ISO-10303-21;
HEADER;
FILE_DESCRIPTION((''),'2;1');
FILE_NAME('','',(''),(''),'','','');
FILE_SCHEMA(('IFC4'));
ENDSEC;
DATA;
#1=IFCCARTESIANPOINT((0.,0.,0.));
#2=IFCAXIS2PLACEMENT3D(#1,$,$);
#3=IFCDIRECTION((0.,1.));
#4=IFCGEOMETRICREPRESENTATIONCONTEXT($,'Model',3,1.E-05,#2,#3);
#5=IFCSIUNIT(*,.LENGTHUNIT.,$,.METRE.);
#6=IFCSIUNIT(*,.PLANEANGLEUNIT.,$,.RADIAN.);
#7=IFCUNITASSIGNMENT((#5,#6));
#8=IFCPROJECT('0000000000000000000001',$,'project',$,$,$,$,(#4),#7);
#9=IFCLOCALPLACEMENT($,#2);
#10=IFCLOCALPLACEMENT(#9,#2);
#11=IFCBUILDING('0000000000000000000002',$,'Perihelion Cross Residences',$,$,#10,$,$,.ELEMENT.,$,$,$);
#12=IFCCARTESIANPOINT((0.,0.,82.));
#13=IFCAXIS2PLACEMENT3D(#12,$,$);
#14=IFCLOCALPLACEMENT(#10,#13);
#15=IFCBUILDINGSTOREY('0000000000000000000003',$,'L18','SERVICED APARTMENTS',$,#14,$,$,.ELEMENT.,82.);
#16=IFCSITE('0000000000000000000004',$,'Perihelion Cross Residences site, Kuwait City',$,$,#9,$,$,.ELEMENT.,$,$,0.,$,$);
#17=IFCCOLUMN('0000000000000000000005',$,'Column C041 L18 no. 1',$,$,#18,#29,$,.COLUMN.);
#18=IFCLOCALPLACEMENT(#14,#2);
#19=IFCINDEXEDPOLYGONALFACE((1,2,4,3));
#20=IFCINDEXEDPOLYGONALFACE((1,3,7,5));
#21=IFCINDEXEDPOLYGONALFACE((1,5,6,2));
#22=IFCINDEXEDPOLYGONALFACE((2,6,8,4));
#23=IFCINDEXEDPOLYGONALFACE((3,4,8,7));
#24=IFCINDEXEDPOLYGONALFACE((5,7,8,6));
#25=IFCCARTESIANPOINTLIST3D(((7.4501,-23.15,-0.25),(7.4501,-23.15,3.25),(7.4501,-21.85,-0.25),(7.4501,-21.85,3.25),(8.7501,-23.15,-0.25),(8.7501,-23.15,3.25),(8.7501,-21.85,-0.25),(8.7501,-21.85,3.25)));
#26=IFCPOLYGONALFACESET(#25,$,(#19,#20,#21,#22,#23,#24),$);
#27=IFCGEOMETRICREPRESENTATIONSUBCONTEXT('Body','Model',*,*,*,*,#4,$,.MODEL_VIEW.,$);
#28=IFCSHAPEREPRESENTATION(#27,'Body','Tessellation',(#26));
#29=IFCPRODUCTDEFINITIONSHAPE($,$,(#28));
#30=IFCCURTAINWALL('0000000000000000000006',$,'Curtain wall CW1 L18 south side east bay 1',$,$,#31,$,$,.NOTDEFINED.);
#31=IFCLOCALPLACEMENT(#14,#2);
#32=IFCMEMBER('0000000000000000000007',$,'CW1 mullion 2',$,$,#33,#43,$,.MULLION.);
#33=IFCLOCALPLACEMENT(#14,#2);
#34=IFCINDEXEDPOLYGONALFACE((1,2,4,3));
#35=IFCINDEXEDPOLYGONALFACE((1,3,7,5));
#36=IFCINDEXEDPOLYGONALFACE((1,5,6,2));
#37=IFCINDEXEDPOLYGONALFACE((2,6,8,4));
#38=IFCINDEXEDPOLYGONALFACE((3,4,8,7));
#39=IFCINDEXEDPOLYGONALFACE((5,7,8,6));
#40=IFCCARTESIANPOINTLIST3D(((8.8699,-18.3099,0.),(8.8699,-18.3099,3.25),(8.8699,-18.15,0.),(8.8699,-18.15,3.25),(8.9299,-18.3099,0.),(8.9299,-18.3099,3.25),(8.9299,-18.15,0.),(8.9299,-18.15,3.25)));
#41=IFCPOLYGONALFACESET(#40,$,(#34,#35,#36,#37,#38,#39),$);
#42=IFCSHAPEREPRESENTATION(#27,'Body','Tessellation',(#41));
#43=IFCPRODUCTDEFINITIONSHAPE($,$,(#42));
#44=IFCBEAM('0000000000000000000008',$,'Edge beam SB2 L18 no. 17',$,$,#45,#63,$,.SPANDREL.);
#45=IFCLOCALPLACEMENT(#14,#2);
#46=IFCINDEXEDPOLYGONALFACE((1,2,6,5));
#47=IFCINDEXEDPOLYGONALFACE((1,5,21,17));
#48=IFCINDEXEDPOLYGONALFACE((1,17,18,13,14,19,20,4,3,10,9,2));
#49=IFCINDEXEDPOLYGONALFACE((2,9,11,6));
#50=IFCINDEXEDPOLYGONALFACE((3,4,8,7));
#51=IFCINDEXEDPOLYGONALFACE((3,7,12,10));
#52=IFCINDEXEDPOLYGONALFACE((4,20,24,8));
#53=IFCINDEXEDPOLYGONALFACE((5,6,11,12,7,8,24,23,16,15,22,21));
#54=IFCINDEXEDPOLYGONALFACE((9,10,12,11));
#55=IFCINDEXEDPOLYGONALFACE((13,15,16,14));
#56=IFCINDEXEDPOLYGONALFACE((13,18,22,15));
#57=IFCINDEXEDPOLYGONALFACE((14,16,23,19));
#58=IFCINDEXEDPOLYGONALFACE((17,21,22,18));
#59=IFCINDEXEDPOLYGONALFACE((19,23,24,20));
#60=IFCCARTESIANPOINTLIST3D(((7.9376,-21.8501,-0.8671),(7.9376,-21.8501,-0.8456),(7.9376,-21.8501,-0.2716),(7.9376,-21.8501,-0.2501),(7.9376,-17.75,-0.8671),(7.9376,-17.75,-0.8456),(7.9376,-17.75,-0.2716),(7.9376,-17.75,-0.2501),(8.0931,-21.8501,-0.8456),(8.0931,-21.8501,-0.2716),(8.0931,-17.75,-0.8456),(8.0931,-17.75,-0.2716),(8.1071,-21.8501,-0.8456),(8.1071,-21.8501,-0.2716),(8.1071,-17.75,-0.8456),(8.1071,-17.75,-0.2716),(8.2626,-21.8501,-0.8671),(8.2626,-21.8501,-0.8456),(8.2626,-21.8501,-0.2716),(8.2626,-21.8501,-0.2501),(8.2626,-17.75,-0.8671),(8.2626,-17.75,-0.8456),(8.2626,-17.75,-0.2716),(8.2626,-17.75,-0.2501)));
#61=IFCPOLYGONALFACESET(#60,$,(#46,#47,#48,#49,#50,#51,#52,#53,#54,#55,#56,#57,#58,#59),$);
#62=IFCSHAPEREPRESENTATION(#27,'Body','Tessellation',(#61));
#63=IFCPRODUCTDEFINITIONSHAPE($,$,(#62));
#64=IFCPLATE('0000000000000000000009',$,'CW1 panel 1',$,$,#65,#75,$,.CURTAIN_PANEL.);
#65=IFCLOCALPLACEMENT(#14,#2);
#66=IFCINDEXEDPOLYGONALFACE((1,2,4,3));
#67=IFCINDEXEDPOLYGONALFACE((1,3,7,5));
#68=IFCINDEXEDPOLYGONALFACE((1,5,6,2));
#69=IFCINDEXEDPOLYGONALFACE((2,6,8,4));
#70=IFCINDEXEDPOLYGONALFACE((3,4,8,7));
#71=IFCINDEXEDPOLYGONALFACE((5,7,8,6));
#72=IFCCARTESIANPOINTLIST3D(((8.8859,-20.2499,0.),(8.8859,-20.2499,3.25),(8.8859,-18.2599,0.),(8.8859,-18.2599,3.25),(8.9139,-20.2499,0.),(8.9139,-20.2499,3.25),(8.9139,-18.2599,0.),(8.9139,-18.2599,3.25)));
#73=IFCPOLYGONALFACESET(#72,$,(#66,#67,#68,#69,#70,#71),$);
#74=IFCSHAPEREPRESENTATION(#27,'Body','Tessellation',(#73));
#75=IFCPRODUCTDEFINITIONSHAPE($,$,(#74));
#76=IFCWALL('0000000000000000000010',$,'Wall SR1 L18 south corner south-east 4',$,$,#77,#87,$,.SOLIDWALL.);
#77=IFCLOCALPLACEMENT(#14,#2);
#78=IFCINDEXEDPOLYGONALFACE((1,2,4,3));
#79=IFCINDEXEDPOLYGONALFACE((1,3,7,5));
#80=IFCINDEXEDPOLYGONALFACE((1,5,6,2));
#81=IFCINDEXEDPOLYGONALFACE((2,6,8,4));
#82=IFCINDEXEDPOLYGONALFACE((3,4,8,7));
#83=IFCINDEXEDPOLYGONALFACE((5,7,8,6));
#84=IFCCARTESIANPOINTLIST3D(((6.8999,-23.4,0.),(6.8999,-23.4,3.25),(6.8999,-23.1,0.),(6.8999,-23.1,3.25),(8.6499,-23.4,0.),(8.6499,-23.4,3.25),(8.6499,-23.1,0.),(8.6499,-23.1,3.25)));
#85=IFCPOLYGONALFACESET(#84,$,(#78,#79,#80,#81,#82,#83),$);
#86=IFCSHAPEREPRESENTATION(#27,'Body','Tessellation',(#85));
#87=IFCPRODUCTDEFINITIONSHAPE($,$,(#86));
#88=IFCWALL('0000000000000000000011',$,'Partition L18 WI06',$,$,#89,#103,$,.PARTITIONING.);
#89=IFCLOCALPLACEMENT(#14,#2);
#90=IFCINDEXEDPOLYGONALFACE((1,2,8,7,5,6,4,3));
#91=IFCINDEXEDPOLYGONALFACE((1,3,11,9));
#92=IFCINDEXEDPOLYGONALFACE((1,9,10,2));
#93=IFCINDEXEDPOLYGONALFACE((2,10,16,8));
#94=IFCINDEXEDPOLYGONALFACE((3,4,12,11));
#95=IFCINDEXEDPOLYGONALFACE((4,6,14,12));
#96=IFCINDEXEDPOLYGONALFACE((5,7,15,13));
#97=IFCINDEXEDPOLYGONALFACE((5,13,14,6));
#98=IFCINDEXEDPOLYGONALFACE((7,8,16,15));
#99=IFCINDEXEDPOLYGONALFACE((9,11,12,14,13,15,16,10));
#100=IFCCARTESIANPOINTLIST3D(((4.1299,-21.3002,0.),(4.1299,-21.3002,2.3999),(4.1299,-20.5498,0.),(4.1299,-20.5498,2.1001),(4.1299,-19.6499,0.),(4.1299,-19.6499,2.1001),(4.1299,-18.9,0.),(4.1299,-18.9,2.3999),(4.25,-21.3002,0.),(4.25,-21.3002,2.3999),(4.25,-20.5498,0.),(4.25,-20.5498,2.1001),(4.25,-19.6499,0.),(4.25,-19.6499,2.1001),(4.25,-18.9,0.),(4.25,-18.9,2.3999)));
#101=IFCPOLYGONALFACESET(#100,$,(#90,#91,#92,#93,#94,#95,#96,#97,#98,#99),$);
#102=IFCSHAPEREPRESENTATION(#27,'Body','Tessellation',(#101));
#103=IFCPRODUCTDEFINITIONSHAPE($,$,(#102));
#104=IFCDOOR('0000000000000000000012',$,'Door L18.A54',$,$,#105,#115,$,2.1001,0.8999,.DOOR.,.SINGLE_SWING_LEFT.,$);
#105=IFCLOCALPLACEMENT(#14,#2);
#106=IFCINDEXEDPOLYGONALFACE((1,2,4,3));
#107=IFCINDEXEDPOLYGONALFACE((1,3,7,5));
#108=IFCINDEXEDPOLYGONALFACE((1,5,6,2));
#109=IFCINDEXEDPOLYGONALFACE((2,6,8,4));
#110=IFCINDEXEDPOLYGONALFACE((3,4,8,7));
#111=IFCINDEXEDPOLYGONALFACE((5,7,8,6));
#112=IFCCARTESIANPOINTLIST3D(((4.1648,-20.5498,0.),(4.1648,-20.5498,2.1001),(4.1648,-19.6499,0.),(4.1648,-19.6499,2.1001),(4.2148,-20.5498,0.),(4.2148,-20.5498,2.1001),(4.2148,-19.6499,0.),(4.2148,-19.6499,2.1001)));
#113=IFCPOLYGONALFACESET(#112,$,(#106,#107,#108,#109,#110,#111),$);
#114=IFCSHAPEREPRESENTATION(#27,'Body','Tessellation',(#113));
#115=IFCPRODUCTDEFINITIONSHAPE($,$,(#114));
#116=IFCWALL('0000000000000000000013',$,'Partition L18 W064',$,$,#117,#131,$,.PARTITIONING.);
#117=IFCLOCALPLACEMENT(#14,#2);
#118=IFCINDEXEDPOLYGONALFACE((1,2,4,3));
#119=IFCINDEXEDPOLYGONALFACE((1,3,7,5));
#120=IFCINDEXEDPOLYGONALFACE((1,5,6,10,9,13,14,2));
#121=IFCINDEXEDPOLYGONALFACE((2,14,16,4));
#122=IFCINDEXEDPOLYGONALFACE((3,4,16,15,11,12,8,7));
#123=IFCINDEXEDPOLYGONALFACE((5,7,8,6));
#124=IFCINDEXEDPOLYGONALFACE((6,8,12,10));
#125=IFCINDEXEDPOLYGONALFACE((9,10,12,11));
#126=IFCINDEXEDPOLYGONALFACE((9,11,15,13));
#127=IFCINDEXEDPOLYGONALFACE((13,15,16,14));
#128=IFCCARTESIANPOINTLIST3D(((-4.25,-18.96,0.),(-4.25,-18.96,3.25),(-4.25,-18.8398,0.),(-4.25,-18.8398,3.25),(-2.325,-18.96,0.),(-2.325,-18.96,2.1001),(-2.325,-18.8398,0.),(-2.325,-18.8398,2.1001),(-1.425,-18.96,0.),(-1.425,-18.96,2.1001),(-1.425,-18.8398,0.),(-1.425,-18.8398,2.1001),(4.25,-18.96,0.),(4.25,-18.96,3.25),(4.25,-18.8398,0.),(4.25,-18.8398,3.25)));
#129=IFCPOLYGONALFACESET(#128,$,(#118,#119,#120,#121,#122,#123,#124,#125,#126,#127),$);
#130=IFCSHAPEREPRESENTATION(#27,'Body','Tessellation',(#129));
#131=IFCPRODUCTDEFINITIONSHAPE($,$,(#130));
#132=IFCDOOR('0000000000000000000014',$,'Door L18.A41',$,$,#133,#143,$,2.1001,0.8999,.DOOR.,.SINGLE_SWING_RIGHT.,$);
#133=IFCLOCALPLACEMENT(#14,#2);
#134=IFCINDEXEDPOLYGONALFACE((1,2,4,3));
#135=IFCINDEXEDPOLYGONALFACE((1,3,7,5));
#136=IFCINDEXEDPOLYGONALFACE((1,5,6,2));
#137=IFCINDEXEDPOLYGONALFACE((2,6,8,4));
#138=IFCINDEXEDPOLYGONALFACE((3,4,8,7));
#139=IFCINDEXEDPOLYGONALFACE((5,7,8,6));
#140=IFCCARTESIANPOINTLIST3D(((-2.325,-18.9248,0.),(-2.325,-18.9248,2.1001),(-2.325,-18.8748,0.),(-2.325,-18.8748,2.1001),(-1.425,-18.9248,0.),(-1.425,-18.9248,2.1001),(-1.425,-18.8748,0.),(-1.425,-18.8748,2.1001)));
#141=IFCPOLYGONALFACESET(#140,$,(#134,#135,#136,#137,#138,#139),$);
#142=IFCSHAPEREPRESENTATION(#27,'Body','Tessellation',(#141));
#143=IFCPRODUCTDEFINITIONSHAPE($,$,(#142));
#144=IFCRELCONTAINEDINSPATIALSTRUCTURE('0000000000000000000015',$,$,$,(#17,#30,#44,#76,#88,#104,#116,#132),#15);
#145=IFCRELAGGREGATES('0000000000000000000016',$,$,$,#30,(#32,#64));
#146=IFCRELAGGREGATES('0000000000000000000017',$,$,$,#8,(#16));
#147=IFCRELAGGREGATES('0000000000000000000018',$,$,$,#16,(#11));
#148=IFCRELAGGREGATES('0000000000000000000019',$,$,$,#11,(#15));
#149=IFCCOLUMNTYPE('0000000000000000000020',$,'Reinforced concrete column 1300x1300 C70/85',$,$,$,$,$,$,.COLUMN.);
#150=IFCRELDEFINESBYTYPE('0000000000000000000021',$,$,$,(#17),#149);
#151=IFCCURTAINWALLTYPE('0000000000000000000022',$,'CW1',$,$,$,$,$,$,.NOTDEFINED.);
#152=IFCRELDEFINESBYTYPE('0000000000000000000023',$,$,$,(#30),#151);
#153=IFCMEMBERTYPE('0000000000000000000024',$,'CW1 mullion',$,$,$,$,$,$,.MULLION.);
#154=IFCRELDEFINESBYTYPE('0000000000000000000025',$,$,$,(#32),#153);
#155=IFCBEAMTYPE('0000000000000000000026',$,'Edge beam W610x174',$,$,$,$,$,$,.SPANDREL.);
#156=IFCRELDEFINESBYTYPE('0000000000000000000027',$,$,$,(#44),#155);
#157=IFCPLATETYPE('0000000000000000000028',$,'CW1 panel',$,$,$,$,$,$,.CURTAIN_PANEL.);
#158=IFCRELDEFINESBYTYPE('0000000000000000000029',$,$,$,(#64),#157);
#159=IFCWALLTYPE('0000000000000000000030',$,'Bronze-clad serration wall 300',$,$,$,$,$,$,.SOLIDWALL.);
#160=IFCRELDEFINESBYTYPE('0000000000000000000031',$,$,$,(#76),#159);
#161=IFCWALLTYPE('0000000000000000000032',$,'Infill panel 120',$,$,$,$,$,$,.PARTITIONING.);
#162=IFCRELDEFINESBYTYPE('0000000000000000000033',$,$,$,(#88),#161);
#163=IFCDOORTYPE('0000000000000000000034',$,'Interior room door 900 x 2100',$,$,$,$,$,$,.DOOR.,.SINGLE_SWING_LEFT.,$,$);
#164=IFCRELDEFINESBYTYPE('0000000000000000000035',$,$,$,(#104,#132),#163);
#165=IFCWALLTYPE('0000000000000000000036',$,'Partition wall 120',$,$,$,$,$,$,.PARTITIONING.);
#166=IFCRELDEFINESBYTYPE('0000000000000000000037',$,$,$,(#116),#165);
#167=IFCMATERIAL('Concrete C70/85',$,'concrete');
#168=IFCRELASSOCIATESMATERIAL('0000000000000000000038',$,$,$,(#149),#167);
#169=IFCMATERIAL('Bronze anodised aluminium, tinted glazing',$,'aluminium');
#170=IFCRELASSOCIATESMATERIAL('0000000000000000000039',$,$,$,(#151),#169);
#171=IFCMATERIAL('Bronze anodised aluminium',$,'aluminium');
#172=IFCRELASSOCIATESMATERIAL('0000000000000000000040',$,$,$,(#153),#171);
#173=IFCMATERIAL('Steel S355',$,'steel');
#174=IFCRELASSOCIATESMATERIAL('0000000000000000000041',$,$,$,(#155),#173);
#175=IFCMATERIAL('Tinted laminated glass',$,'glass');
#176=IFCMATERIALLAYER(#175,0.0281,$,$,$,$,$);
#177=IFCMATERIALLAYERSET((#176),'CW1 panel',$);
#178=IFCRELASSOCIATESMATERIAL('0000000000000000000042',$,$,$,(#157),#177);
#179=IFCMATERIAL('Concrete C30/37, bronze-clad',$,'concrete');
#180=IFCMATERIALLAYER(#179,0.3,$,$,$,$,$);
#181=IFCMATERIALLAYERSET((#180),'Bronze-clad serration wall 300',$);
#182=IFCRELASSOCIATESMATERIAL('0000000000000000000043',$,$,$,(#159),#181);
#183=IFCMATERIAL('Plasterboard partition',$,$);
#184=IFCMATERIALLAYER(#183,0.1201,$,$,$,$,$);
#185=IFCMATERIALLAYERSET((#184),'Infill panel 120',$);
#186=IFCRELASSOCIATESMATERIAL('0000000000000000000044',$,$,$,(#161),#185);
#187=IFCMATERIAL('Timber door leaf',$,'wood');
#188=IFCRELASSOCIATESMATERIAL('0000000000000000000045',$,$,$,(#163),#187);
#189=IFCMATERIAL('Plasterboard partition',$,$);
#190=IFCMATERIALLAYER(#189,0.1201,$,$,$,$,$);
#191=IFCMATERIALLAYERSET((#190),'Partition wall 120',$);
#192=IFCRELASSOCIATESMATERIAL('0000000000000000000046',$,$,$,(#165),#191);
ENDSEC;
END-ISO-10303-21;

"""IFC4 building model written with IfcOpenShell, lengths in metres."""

from ifc_helpers import new_model, si_unit, direction, frame, frame_2d, origin, origin_2d, place, context, subcontext, project, spatial, rectangle, i_section, extrude, material, layer, layer_set, material_profile, profile_set, type_object, element, fill, aggregate, save


model = new_model("IFC4")

# Units and contexts
model_context = context("Model", 3, precision=1e-05, world=origin(), true_north=direction((0.0, 1.0)))
body_context = subcontext(model_context, "Body", "Model", "MODEL_VIEW")
ifc_project = project(units=[si_unit("LENGTHUNIT", "METRE"), si_unit("PLANEANGLEUNIT", "RADIAN")], contexts=[model_context])

# Site, building, storey
site_placement = place(None, origin())
site = spatial("IfcSite", under=ifc_project, at=site_placement, Name="Perihelion Cross Residences site, Kuwait City", CompositionType="ELEMENT", RefElevation=0.0)
building_placement = place(site_placement, origin())
building = spatial("IfcBuilding", under=site, at=building_placement, Name="Perihelion Cross Residences", CompositionType="ELEMENT")
storey_placement = place(building_placement, frame((0.0, 0.0, 82.0)))
storey = spatial("IfcBuildingStorey", under=building, at=storey_placement, Name="L18", Description="SERVICED APARTMENTS", CompositionType="ELEMENT", Elevation=82.0)

# Column
ifc_material_1 = material(Name="Concrete C70/85", Category="concrete")
ifc_material_profile_1 = material_profile(ifc_material_1, rectangle(XDim=1.3, YDim=1.3, at=origin_2d()), Name="RC 1300x1300")
ifc_profile_set_1 = profile_set([ifc_material_profile_1], Name="Concrete C70/85")
column_type = type_object("IfcColumnType", Name="Reinforced concrete column 1300x1300 C70/85", PredefinedType="COLUMN", material=ifc_profile_set_1)
column_placement = place(storey_placement, frame((8.1001, -22.5, -0.25), z_axis=(0.0, 0.0, 1.0), x_axis=(1.0, 0.0, 0.0)))
element("IfcColumn", 1, at=column_placement, inside=storey, type_object=column_type, Name="Column C041 L18 no. 1", PredefinedType="COLUMN", context=body_context, shape_type="SweptSolid", body=[
    extrude(rectangle(XDim=1.3, YDim=1.3, at=origin_2d()), origin(), (0.0, 0.0, 1.0), 3.5),
])

# Curtain wall, member
ifc_material_2 = material(Name="Bronze anodised aluminium, tinted glazing", Category="aluminium")
curtain_wall_type = type_object("IfcCurtainWallType", Name="CW1", PredefinedType="NOTDEFINED", material=ifc_material_2)
curtain_wall_placement = place(storey_placement, origin())
curtain_wall = element("IfcCurtainWall", 2, at=curtain_wall_placement, inside=storey, type_object=curtain_wall_type, Name="Curtain wall CW1 L18 south side east bay 1", PredefinedType="NOTDEFINED")
ifc_material_3 = material(Name="Bronze anodised aluminium", Category="aluminium")
ifc_material_profile_2 = material_profile(ifc_material_3, rectangle(XDim=0.0601, YDim=0.1599, at=origin_2d()), Name="CW1 mullion")
ifc_profile_set_2 = profile_set([ifc_material_profile_2], Name="Bronze anodised aluminium")
member_type = type_object("IfcMemberType", Name="CW1 mullion", PredefinedType="MULLION", material=ifc_profile_set_2)
member_placement = place(storey_placement, frame((8.8999, -18.23, 0.0), z_axis=(0.0, 0.0, 1.0), x_axis=(-1.0, 0.0, 0.0)))
member = element("IfcMember", 3, at=member_placement, type_object=member_type, Name="CW1 mullion 2", PredefinedType="MULLION", context=body_context, shape_type="SweptSolid", body=[
    extrude(rectangle(XDim=0.0601, YDim=0.1599, at=origin_2d()), origin(), (0.0, 0.0, 1.0), 3.25),
])

# Beam
ifc_material_4 = material(Name="Steel S355", Category="steel")
ifc_material_profile_3 = material_profile(ifc_material_4, i_section(OverallWidth=0.325, OverallDepth=0.6169, WebThickness=0.0139, FlangeThickness=0.0215, at=origin_2d()), Name="W610x174")
ifc_profile_set_3 = profile_set([ifc_material_profile_3], Name="Steel S355")
beam_type = type_object("IfcBeamType", Name="Edge beam W610x174", PredefinedType="SPANDREL", material=ifc_profile_set_3)
beam_placement = place(storey_placement, frame((8.1001, -21.8501, -0.5586), z_axis=(0.0, 1.0, 0.0), x_axis=(-1.0, 0.0, 0.0)))
element("IfcBeam", 4, at=beam_placement, inside=storey, type_object=beam_type, Name="Edge beam SB2 L18 no. 17", PredefinedType="SPANDREL", context=body_context, shape_type="SweptSolid", body=[
    extrude(i_section(OverallWidth=0.325, OverallDepth=0.6169, WebThickness=0.0139, FlangeThickness=0.0215, at=origin_2d()), origin(), (0.0, 0.0, 1.0), 4.1001),
])

# Plate
ifc_material_5 = material(Name="Tinted laminated glass", Category="glass")
ifc_layer_1 = layer(ifc_material_5, 0.0281)
ifc_layer_set_1 = layer_set([ifc_layer_1], Name="CW1 panel")
plate_type = type_object("IfcPlateType", Name="CW1 panel", PredefinedType="CURTAIN_PANEL", material=ifc_layer_set_1)
plate_placement = place(storey_placement, frame((8.8999, -19.2549, 0.0), z_axis=(0.0, 0.0, 1.0), x_axis=(0.0, 1.0, 0.0)))
plate = element("IfcPlate", 5, at=plate_placement, type_object=plate_type, Name="CW1 panel 1", PredefinedType="CURTAIN_PANEL", context=body_context, shape_type="SweptSolid", body=[
    extrude(rectangle(XDim=1.99, YDim=0.0281, at=origin_2d()), origin(), (0.0, 0.0, 1.0), 3.25),
])
aggregate(curtain_wall, [member, plate])

# Wall
ifc_material_6 = material(Name="Concrete C30/37, bronze-clad", Category="concrete")
ifc_layer_2 = layer(ifc_material_6, 0.3)
ifc_layer_set_2 = layer_set([ifc_layer_2], Name="Bronze-clad serration wall 300")
wall_type_1 = type_object("IfcWallType", Name="Bronze-clad serration wall 300", PredefinedType="SOLIDWALL", material=ifc_layer_set_2)
wall_1_placement = place(storey_placement, frame((6.8999, -23.25, 0.0), z_axis=(0.0, 0.0, 1.0), x_axis=(1.0, 0.0, 0.0)))
element("IfcWall", 6, at=wall_1_placement, inside=storey, type_object=wall_type_1, Name="Wall SR1 L18 south corner south-east 4", PredefinedType="SOLIDWALL", context=body_context, shape_type="SweptSolid", body=[
    extrude(rectangle(XDim=1.75, YDim=0.3, at=frame_2d((0.875, 0.0))), origin(), (0.0, 0.0, 1.0), 3.25),
])

# Walls, openings, doors
ifc_material_7 = material(Name="Plasterboard partition")
ifc_layer_3 = layer(ifc_material_7, 0.1201)
ifc_layer_set_3 = layer_set([ifc_layer_3], Name="Infill panel 120")
wall_type_2 = type_object("IfcWallType", Name="Infill panel 120", PredefinedType="PARTITIONING", material=ifc_layer_set_3)
wall_2_placement = place(storey_placement, frame((4.1899, -18.8999, 0.0), z_axis=(0.0, 0.0, 1.0), x_axis=(0.0, -1.0, 0.0)))
wall_2 = element("IfcWall", 7, at=wall_2_placement, inside=storey, type_object=wall_type_2, Name="Partition L18 WI06", PredefinedType="PARTITIONING", context=body_context, shape_type="SweptSolid", body=[
    extrude(rectangle(XDim=2.4001, YDim=0.1201, at=frame_2d((1.2002, 0.0))), origin(), (0.0, 0.0, 1.0), 2.3999),
])
opening_1_placement = place(wall_2_placement, frame((0.75, 0.0, 0.0)))
opening_1 = element("IfcOpeningElement", 8, at=opening_1_placement, cuts=wall_2, PredefinedType="OPENING", context=body_context, shape_type="SweptSolid", body=[
    extrude(rectangle(XDim=0.8999, YDim=2.1001, at=frame_2d((0.45, 1.05))), frame((0.0, 0.0701, 0.0), z_axis=(0.0, -1.0, 0.0), x_axis=(1.0, 0.0, 0.0)), (0.0, 0.0, 1.0), 0.1401),
])
ifc_material_8 = material(Name="Timber door leaf", Category="wood")
door_type_1 = type_object("IfcDoorType", Name="Interior room door 900 x 2100", OperationType="SINGLE_SWING_LEFT", PredefinedType="DOOR", material=ifc_material_8)
door_1_placement = place(opening_1_placement, origin())
door_1 = element("IfcDoor", 9, at=door_1_placement, inside=storey, type_object=door_type_1, Name="Door L18.A54", OperationType="SINGLE_SWING_LEFT", OverallHeight=2.1001, OverallWidth=0.8999, PredefinedType="DOOR", context=body_context, shape_type="SweptSolid", body=[
    extrude(rectangle(XDim=0.8999, YDim=2.1001, at=frame_2d((0.45, 1.05))), frame((0.0, 0.0249, 0.0), z_axis=(0.0, -1.0, 0.0), x_axis=(1.0, 0.0, 0.0)), (0.0, 0.0, 1.0), 0.05),
])
fill(opening_1, door_1)
ifc_material_9 = material(Name="Plasterboard partition")
ifc_layer_4 = layer(ifc_material_9, 0.1201)
ifc_layer_set_4 = layer_set([ifc_layer_4], Name="Partition wall 120")
wall_type_3 = type_object("IfcWallType", Name="Partition wall 120", PredefinedType="PARTITIONING", material=ifc_layer_set_4)
wall_3_placement = place(storey_placement, frame((4.25, -18.8999, 0.0), z_axis=(0.0, 0.0, 1.0), x_axis=(-1.0, 0.0, 0.0)))
wall_3 = element("IfcWall", 10, at=wall_3_placement, inside=storey, type_object=wall_type_3, Name="Partition L18 W064", PredefinedType="PARTITIONING", context=body_context, shape_type="SweptSolid", body=[
    extrude(rectangle(XDim=8.5, YDim=0.1201, at=frame_2d((4.25, 0.0))), origin(), (0.0, 0.0, 1.0), 3.25),
])
opening_2_placement = place(wall_3_placement, frame((5.675, 0.0, 0.0)))
opening_2 = element("IfcOpeningElement", 11, at=opening_2_placement, cuts=wall_3, PredefinedType="OPENING", context=body_context, shape_type="SweptSolid", body=[
    extrude(rectangle(XDim=0.8999, YDim=2.1001, at=frame_2d((0.45, 1.05))), frame((0.0, 0.0701, 0.0), z_axis=(0.0, -1.0, 0.0), x_axis=(1.0, 0.0, 0.0)), (0.0, 0.0, 1.0), 0.1401),
])
door_2_placement = place(opening_2_placement, origin())
door_2 = element("IfcDoor", 12, at=door_2_placement, inside=storey, type_object=door_type_1, Name="Door L18.A41", OperationType="SINGLE_SWING_RIGHT", OverallHeight=2.1001, OverallWidth=0.8999, PredefinedType="DOOR", context=body_context, shape_type="SweptSolid", body=[
    extrude(rectangle(XDim=0.8999, YDim=2.1001, at=frame_2d((0.45, 1.05))), frame((0.0, 0.0249, 0.0), z_axis=(0.0, -1.0, 0.0), x_axis=(1.0, 0.0, 0.0)), (0.0, 0.0, 1.0), 0.05),
])
fill(opening_2, door_2)

save(model, "model.ifc")
